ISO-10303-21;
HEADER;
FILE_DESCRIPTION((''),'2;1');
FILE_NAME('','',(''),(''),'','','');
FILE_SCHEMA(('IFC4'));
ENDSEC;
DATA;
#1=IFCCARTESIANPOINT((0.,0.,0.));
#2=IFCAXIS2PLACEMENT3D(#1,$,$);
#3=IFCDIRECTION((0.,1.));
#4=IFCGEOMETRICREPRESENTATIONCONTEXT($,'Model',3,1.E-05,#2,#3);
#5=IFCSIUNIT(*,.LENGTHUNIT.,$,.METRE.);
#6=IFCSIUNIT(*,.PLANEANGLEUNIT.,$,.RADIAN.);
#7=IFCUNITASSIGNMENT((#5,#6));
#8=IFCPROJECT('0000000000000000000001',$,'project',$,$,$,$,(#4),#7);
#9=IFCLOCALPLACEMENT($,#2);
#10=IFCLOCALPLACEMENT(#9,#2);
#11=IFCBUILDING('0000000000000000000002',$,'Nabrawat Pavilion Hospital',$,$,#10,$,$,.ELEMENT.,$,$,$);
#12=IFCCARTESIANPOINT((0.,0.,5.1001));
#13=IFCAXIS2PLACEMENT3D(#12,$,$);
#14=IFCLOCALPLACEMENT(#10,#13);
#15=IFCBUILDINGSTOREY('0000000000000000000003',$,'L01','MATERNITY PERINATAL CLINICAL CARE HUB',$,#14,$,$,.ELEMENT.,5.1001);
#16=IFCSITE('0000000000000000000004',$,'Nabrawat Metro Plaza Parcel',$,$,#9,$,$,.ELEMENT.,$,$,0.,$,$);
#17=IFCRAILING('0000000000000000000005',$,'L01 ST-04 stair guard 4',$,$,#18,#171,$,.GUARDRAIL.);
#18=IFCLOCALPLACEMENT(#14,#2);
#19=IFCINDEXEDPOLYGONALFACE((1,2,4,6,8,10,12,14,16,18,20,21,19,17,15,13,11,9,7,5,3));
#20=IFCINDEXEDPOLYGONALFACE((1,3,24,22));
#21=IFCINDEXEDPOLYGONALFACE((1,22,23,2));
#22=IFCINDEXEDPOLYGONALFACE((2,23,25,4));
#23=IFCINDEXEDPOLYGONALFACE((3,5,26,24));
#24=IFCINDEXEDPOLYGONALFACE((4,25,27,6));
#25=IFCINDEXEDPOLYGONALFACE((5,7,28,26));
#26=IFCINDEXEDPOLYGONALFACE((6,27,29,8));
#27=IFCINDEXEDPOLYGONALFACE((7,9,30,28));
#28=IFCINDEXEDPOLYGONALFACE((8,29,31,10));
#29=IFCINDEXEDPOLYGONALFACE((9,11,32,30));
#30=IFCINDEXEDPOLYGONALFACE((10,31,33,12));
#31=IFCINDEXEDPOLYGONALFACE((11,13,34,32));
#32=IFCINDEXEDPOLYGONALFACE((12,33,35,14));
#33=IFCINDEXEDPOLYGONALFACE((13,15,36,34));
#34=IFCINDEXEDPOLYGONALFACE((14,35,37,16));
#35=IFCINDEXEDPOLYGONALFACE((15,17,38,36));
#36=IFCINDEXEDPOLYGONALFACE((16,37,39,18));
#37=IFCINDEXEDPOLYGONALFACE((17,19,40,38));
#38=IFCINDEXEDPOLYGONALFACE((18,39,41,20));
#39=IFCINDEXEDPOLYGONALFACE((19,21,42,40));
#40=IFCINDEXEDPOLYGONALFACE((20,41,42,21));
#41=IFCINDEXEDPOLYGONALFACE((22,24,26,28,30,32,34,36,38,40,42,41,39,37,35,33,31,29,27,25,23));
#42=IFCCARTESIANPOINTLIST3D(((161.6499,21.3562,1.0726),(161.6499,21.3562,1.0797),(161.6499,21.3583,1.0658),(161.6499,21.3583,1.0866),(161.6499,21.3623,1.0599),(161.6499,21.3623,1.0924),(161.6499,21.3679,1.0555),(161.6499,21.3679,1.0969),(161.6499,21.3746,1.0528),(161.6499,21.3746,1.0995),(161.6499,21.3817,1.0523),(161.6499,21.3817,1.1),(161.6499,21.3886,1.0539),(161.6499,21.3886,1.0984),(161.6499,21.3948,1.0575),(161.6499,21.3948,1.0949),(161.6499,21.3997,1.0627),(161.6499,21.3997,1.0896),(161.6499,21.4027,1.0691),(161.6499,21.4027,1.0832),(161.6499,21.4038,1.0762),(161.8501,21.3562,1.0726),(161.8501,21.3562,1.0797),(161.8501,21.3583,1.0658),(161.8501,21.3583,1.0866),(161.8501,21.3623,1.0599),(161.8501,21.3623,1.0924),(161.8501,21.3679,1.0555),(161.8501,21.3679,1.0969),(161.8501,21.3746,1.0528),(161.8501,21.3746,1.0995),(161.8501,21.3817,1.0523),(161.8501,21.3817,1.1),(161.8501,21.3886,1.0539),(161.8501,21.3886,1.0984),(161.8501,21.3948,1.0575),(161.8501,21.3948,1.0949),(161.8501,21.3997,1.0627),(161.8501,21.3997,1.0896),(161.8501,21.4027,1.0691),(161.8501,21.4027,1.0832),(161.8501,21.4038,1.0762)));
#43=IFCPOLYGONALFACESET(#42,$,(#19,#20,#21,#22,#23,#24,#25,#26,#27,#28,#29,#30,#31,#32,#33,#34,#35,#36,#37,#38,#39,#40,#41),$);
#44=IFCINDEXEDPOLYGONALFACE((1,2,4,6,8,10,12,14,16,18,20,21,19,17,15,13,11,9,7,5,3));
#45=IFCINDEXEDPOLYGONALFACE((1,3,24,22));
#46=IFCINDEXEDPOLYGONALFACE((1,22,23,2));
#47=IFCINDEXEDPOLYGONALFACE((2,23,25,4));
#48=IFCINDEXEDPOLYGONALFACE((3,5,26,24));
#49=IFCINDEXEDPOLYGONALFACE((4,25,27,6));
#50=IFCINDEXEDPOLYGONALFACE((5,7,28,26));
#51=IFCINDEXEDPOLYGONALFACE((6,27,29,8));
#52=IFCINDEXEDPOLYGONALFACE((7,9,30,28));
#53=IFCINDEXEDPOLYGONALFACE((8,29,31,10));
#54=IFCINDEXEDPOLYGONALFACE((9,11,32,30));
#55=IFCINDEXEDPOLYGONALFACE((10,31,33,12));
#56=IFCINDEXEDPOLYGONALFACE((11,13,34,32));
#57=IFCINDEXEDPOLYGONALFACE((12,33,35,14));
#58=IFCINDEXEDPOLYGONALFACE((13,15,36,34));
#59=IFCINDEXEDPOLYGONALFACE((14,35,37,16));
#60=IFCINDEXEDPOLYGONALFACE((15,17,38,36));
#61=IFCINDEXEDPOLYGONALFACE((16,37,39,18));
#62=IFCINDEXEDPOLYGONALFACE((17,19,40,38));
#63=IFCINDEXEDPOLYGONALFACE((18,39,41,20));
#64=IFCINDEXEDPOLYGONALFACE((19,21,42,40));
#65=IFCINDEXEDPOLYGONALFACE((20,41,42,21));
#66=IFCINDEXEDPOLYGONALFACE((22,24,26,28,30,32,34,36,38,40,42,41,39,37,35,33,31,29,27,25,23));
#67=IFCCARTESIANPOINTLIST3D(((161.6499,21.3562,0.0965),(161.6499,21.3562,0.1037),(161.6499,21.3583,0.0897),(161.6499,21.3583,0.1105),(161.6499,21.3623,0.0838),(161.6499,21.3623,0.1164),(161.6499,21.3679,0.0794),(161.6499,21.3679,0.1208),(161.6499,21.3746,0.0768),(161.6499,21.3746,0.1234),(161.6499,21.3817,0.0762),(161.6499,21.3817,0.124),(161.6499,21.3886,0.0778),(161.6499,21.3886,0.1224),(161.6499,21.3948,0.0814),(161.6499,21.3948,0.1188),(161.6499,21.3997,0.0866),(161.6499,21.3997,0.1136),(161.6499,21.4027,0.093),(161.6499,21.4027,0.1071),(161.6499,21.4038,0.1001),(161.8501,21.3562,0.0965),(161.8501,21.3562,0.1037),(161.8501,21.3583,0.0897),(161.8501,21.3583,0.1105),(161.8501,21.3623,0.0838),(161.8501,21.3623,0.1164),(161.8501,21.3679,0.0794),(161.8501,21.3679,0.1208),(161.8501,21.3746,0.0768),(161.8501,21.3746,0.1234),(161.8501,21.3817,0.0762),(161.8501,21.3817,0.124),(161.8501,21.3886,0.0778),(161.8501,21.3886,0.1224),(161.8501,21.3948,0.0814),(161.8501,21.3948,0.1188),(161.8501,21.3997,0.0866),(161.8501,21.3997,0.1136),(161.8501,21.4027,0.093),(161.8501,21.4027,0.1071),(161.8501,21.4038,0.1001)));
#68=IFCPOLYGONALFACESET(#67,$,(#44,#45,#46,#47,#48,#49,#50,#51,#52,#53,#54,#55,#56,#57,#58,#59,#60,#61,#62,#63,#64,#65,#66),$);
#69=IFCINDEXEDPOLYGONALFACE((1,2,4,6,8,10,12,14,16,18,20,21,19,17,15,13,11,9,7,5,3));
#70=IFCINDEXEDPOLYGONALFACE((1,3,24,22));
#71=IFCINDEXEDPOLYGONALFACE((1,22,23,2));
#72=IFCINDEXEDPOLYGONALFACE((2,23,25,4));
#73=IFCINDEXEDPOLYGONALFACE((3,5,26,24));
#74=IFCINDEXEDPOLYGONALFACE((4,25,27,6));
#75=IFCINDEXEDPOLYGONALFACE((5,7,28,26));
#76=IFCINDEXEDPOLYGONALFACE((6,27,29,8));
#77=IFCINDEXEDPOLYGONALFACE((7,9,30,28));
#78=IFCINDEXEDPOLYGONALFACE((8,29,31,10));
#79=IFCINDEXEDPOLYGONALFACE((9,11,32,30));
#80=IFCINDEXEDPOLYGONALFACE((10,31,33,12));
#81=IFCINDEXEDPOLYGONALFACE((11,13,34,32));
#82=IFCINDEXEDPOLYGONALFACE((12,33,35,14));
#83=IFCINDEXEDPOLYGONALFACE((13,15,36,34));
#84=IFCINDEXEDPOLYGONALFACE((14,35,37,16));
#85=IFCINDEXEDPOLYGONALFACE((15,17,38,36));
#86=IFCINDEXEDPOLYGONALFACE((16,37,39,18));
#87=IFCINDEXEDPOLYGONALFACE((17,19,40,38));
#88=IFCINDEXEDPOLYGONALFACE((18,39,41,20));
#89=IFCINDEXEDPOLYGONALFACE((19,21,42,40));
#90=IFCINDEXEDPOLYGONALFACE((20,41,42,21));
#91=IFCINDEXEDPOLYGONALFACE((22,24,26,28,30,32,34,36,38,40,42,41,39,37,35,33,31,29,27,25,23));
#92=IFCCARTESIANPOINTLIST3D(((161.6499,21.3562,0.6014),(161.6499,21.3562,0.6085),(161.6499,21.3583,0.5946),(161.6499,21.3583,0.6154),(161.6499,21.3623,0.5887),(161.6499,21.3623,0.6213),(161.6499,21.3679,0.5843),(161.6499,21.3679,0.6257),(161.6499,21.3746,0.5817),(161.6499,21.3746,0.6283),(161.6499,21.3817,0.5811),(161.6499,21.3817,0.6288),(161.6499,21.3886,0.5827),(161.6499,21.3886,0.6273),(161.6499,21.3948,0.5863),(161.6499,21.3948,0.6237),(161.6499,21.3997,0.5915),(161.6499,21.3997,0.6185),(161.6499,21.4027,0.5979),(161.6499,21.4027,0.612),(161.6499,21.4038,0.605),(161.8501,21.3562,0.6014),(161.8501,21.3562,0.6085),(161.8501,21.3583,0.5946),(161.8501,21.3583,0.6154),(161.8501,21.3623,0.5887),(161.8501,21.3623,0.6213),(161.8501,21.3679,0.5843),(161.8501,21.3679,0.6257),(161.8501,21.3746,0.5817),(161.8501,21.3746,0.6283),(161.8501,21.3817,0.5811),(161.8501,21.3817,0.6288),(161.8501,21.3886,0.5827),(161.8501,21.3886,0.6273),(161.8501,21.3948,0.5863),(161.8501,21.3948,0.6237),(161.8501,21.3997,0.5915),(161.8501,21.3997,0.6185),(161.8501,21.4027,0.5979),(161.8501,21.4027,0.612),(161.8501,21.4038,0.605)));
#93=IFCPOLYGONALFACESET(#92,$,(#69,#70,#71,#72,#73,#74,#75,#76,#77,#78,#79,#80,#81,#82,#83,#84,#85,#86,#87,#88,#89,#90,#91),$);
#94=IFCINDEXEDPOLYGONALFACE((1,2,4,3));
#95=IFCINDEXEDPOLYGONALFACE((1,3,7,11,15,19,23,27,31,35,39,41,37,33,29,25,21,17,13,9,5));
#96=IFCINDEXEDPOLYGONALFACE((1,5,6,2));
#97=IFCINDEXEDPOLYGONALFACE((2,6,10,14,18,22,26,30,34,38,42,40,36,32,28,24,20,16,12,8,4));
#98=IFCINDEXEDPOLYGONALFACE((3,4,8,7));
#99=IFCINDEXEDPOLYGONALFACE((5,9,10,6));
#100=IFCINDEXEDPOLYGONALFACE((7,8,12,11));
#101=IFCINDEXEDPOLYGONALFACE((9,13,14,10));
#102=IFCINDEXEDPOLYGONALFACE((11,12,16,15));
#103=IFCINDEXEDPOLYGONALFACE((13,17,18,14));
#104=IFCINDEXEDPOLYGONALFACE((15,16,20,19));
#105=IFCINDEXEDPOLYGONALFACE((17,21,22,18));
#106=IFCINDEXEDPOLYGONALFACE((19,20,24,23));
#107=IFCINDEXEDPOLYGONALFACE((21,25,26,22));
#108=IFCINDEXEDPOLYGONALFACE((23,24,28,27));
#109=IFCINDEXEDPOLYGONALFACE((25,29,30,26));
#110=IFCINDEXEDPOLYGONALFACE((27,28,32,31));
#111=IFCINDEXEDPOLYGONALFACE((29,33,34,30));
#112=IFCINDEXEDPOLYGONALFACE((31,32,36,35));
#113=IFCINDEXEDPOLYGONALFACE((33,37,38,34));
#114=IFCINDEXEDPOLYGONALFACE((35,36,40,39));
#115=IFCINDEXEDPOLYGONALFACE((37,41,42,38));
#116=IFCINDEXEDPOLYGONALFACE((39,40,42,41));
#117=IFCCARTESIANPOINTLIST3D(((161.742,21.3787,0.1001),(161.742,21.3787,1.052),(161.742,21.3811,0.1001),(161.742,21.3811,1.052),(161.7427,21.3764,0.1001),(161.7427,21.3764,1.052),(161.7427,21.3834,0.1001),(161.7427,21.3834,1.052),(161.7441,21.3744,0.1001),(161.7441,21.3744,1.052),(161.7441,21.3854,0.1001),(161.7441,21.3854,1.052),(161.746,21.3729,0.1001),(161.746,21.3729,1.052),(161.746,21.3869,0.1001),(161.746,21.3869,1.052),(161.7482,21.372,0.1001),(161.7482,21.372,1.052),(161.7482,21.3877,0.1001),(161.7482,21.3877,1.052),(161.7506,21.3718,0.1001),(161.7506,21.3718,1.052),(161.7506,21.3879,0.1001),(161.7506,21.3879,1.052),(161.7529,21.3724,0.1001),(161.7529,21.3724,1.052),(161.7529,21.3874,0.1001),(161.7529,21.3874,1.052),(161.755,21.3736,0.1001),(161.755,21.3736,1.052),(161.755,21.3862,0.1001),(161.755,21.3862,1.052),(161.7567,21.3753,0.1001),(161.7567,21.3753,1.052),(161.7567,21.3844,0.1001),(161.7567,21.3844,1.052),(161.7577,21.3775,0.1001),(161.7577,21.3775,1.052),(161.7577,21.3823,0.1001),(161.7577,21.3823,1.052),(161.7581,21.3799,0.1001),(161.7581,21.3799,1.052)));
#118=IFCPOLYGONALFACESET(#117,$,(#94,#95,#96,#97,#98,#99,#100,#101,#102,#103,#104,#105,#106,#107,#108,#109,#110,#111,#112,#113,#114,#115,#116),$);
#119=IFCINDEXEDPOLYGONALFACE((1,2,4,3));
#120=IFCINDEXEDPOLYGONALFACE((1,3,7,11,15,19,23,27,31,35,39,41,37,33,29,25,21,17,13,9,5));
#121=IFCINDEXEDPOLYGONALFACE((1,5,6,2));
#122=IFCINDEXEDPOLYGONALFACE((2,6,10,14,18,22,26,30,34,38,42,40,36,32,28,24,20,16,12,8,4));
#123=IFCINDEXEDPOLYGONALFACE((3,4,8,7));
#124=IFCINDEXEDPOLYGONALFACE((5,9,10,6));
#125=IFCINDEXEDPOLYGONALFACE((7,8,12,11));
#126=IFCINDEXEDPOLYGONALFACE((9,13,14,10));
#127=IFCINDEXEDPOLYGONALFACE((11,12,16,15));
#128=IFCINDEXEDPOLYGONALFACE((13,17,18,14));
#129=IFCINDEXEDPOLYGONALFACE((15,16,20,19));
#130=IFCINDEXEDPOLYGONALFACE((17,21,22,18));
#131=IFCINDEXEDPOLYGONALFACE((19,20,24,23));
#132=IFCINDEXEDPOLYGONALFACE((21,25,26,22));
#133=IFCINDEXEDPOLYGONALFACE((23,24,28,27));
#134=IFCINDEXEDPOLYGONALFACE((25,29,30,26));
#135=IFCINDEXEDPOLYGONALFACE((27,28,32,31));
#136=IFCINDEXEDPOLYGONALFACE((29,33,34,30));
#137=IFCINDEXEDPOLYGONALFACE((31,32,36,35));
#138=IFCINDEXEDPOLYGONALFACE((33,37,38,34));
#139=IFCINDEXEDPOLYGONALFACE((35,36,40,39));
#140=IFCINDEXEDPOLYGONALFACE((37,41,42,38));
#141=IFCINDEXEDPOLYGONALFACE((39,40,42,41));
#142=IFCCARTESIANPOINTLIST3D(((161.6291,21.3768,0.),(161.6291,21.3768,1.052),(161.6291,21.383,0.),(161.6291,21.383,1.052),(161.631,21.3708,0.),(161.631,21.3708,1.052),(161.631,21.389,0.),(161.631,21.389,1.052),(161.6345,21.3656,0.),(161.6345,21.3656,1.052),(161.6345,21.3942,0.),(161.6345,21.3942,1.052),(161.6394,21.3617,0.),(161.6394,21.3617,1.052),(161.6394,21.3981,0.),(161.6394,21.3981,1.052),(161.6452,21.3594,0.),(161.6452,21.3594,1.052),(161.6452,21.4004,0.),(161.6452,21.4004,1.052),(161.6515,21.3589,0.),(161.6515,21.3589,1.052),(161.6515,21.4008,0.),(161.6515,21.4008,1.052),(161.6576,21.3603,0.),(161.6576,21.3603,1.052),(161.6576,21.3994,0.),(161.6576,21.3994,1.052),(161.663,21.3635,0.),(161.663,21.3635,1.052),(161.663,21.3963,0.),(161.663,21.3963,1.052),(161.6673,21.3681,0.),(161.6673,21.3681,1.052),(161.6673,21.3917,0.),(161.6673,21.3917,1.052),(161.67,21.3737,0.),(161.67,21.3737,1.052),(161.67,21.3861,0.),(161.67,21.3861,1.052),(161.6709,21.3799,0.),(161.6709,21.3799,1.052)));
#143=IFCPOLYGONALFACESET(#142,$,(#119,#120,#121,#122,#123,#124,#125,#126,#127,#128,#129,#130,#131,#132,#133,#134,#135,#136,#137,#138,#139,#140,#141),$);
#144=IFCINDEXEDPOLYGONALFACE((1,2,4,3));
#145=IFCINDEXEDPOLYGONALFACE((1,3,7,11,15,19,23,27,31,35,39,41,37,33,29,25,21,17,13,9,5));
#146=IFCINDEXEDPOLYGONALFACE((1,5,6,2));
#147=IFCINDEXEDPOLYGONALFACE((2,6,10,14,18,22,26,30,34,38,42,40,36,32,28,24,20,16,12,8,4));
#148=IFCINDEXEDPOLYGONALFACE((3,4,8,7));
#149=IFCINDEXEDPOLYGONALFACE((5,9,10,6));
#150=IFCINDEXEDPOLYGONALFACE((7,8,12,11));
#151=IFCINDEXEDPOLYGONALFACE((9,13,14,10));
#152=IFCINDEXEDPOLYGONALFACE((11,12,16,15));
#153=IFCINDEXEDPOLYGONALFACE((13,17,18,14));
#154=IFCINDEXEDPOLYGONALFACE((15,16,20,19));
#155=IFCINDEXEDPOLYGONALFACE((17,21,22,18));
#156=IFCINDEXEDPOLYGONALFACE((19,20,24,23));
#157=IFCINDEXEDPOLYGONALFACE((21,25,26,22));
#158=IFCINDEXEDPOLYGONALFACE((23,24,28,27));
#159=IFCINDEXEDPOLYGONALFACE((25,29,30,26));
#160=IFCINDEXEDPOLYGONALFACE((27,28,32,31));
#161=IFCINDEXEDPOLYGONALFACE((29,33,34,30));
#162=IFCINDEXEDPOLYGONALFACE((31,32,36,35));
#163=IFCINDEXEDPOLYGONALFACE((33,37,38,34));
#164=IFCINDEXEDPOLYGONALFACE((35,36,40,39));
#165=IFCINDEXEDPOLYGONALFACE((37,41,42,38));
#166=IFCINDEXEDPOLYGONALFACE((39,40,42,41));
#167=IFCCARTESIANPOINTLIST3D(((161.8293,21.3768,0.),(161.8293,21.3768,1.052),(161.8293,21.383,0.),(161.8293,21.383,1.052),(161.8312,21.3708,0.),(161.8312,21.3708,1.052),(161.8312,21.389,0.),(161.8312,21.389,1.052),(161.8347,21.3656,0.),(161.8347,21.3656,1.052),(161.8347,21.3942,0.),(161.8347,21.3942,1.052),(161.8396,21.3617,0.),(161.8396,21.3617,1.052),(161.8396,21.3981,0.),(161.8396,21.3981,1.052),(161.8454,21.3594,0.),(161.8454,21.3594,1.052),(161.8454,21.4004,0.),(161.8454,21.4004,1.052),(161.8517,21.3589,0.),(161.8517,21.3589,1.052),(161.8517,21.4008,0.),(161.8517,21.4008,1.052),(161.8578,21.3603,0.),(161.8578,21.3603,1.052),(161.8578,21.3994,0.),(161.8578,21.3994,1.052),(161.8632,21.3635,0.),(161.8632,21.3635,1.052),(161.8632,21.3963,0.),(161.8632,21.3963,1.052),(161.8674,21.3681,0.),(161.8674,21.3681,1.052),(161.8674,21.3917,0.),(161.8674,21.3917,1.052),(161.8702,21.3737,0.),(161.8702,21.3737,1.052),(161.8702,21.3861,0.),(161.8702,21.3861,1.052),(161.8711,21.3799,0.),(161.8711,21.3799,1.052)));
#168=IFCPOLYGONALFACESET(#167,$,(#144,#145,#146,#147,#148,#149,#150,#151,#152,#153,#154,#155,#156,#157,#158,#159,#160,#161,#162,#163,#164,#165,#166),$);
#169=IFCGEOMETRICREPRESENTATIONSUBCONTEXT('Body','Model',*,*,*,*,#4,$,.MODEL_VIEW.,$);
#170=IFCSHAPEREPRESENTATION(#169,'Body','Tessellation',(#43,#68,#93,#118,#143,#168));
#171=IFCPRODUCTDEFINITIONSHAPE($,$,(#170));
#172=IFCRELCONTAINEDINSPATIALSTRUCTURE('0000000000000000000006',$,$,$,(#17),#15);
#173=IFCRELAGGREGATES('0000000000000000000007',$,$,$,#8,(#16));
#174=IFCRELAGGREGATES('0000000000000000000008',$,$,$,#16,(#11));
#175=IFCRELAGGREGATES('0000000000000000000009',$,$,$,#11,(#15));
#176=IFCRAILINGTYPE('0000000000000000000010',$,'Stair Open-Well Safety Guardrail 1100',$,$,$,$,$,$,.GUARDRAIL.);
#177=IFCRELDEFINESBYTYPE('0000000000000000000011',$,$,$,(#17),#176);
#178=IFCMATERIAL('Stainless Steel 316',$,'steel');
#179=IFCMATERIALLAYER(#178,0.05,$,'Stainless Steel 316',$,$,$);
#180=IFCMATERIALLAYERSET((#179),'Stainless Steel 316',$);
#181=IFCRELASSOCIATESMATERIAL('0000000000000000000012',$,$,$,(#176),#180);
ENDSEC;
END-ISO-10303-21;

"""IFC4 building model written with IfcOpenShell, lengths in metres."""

from ifc_helpers import new_model, si_unit, direction, frame, origin, origin_2d, place, context, subcontext, project, spatial, circle, extrude, material, layer, layer_set, type_object, element, save


model = new_model("IFC4")

# Units and contexts
model_context = context("Model", 3, precision=1e-05, world=origin(), true_north=direction((0.0, 1.0)))
body_context = subcontext(model_context, "Body", "Model", "MODEL_VIEW")
ifc_project = project(units=[si_unit("LENGTHUNIT", "METRE"), si_unit("PLANEANGLEUNIT", "RADIAN")], contexts=[model_context])

# Site, building, storey
site_placement = place(None, origin())
site = spatial("IfcSite", under=ifc_project, at=site_placement, Name="Nabrawat Metro Plaza Parcel", CompositionType="ELEMENT", RefElevation=0.0)
building_placement = place(site_placement, origin())
building = spatial("IfcBuilding", under=site, at=building_placement, Name="Nabrawat Pavilion Hospital", CompositionType="ELEMENT")
storey_placement = place(building_placement, frame((0.0, 0.0, 5.1001)))
storey = spatial("IfcBuildingStorey", under=building, at=storey_placement, Name="L01", Description="MATERNITY PERINATAL CLINICAL CARE HUB", CompositionType="ELEMENT", Elevation=5.1001)

# Railing
ifc_material_1 = material(Name="Stainless Steel 316", Category="steel")
ifc_layer_1 = layer(ifc_material_1, 0.05, Name="Stainless Steel 316")
ifc_layer_set_1 = layer_set([ifc_layer_1], Name="Stainless Steel 316")
railing_type_1 = type_object("IfcRailingType", Name="Stair Open-Well Safety Guardrail 1100", PredefinedType="GUARDRAIL", material=ifc_layer_set_1)
railing_1_placement = place(storey_placement, frame((161.6499, 21.3799, 0.0)))
element("IfcRailing", 1, at=railing_1_placement, inside=storey, type_object=railing_type_1, Name="L01 ST-04 stair guard 4", PredefinedType="GUARDRAIL", context=body_context, shape_type="SweptSolid", body=[
    extrude(circle(Radius=0.0239, at=origin_2d()), frame((0.0, 0.0, 1.0762), z_axis=(1.0, 0.0, 0.0), x_axis=(0.0, 1.0, 0.0)), (0.0, 0.0, 1.0), 0.2002),
    extrude(circle(Radius=0.0239, at=origin_2d()), frame((0.0, 0.0, 0.1001), z_axis=(1.0, 0.0, 0.0), x_axis=(0.0, 1.0, 0.0)), (0.0, 0.0, 1.0), 0.2002),
    extrude(circle(Radius=0.0239, at=origin_2d()), frame((0.0, 0.0, 0.605), z_axis=(1.0, 0.0, 0.0), x_axis=(0.0, 1.0, 0.0)), (0.0, 0.0, 1.0), 0.2002),
    extrude(circle(Radius=0.0081, at=origin_2d()), frame((0.1001, 0.0, 0.1001)), (0.0, 0.0, 1.0), 0.9519),
    extrude(circle(Radius=0.021, at=origin_2d()), origin(), (0.0, 0.0, 1.0), 1.052),
    extrude(circle(Radius=0.021, at=origin_2d()), frame((0.2002, 0.0, 0.0)), (0.0, 0.0, 1.0), 1.052),
])

save(model, "model.ifc")
